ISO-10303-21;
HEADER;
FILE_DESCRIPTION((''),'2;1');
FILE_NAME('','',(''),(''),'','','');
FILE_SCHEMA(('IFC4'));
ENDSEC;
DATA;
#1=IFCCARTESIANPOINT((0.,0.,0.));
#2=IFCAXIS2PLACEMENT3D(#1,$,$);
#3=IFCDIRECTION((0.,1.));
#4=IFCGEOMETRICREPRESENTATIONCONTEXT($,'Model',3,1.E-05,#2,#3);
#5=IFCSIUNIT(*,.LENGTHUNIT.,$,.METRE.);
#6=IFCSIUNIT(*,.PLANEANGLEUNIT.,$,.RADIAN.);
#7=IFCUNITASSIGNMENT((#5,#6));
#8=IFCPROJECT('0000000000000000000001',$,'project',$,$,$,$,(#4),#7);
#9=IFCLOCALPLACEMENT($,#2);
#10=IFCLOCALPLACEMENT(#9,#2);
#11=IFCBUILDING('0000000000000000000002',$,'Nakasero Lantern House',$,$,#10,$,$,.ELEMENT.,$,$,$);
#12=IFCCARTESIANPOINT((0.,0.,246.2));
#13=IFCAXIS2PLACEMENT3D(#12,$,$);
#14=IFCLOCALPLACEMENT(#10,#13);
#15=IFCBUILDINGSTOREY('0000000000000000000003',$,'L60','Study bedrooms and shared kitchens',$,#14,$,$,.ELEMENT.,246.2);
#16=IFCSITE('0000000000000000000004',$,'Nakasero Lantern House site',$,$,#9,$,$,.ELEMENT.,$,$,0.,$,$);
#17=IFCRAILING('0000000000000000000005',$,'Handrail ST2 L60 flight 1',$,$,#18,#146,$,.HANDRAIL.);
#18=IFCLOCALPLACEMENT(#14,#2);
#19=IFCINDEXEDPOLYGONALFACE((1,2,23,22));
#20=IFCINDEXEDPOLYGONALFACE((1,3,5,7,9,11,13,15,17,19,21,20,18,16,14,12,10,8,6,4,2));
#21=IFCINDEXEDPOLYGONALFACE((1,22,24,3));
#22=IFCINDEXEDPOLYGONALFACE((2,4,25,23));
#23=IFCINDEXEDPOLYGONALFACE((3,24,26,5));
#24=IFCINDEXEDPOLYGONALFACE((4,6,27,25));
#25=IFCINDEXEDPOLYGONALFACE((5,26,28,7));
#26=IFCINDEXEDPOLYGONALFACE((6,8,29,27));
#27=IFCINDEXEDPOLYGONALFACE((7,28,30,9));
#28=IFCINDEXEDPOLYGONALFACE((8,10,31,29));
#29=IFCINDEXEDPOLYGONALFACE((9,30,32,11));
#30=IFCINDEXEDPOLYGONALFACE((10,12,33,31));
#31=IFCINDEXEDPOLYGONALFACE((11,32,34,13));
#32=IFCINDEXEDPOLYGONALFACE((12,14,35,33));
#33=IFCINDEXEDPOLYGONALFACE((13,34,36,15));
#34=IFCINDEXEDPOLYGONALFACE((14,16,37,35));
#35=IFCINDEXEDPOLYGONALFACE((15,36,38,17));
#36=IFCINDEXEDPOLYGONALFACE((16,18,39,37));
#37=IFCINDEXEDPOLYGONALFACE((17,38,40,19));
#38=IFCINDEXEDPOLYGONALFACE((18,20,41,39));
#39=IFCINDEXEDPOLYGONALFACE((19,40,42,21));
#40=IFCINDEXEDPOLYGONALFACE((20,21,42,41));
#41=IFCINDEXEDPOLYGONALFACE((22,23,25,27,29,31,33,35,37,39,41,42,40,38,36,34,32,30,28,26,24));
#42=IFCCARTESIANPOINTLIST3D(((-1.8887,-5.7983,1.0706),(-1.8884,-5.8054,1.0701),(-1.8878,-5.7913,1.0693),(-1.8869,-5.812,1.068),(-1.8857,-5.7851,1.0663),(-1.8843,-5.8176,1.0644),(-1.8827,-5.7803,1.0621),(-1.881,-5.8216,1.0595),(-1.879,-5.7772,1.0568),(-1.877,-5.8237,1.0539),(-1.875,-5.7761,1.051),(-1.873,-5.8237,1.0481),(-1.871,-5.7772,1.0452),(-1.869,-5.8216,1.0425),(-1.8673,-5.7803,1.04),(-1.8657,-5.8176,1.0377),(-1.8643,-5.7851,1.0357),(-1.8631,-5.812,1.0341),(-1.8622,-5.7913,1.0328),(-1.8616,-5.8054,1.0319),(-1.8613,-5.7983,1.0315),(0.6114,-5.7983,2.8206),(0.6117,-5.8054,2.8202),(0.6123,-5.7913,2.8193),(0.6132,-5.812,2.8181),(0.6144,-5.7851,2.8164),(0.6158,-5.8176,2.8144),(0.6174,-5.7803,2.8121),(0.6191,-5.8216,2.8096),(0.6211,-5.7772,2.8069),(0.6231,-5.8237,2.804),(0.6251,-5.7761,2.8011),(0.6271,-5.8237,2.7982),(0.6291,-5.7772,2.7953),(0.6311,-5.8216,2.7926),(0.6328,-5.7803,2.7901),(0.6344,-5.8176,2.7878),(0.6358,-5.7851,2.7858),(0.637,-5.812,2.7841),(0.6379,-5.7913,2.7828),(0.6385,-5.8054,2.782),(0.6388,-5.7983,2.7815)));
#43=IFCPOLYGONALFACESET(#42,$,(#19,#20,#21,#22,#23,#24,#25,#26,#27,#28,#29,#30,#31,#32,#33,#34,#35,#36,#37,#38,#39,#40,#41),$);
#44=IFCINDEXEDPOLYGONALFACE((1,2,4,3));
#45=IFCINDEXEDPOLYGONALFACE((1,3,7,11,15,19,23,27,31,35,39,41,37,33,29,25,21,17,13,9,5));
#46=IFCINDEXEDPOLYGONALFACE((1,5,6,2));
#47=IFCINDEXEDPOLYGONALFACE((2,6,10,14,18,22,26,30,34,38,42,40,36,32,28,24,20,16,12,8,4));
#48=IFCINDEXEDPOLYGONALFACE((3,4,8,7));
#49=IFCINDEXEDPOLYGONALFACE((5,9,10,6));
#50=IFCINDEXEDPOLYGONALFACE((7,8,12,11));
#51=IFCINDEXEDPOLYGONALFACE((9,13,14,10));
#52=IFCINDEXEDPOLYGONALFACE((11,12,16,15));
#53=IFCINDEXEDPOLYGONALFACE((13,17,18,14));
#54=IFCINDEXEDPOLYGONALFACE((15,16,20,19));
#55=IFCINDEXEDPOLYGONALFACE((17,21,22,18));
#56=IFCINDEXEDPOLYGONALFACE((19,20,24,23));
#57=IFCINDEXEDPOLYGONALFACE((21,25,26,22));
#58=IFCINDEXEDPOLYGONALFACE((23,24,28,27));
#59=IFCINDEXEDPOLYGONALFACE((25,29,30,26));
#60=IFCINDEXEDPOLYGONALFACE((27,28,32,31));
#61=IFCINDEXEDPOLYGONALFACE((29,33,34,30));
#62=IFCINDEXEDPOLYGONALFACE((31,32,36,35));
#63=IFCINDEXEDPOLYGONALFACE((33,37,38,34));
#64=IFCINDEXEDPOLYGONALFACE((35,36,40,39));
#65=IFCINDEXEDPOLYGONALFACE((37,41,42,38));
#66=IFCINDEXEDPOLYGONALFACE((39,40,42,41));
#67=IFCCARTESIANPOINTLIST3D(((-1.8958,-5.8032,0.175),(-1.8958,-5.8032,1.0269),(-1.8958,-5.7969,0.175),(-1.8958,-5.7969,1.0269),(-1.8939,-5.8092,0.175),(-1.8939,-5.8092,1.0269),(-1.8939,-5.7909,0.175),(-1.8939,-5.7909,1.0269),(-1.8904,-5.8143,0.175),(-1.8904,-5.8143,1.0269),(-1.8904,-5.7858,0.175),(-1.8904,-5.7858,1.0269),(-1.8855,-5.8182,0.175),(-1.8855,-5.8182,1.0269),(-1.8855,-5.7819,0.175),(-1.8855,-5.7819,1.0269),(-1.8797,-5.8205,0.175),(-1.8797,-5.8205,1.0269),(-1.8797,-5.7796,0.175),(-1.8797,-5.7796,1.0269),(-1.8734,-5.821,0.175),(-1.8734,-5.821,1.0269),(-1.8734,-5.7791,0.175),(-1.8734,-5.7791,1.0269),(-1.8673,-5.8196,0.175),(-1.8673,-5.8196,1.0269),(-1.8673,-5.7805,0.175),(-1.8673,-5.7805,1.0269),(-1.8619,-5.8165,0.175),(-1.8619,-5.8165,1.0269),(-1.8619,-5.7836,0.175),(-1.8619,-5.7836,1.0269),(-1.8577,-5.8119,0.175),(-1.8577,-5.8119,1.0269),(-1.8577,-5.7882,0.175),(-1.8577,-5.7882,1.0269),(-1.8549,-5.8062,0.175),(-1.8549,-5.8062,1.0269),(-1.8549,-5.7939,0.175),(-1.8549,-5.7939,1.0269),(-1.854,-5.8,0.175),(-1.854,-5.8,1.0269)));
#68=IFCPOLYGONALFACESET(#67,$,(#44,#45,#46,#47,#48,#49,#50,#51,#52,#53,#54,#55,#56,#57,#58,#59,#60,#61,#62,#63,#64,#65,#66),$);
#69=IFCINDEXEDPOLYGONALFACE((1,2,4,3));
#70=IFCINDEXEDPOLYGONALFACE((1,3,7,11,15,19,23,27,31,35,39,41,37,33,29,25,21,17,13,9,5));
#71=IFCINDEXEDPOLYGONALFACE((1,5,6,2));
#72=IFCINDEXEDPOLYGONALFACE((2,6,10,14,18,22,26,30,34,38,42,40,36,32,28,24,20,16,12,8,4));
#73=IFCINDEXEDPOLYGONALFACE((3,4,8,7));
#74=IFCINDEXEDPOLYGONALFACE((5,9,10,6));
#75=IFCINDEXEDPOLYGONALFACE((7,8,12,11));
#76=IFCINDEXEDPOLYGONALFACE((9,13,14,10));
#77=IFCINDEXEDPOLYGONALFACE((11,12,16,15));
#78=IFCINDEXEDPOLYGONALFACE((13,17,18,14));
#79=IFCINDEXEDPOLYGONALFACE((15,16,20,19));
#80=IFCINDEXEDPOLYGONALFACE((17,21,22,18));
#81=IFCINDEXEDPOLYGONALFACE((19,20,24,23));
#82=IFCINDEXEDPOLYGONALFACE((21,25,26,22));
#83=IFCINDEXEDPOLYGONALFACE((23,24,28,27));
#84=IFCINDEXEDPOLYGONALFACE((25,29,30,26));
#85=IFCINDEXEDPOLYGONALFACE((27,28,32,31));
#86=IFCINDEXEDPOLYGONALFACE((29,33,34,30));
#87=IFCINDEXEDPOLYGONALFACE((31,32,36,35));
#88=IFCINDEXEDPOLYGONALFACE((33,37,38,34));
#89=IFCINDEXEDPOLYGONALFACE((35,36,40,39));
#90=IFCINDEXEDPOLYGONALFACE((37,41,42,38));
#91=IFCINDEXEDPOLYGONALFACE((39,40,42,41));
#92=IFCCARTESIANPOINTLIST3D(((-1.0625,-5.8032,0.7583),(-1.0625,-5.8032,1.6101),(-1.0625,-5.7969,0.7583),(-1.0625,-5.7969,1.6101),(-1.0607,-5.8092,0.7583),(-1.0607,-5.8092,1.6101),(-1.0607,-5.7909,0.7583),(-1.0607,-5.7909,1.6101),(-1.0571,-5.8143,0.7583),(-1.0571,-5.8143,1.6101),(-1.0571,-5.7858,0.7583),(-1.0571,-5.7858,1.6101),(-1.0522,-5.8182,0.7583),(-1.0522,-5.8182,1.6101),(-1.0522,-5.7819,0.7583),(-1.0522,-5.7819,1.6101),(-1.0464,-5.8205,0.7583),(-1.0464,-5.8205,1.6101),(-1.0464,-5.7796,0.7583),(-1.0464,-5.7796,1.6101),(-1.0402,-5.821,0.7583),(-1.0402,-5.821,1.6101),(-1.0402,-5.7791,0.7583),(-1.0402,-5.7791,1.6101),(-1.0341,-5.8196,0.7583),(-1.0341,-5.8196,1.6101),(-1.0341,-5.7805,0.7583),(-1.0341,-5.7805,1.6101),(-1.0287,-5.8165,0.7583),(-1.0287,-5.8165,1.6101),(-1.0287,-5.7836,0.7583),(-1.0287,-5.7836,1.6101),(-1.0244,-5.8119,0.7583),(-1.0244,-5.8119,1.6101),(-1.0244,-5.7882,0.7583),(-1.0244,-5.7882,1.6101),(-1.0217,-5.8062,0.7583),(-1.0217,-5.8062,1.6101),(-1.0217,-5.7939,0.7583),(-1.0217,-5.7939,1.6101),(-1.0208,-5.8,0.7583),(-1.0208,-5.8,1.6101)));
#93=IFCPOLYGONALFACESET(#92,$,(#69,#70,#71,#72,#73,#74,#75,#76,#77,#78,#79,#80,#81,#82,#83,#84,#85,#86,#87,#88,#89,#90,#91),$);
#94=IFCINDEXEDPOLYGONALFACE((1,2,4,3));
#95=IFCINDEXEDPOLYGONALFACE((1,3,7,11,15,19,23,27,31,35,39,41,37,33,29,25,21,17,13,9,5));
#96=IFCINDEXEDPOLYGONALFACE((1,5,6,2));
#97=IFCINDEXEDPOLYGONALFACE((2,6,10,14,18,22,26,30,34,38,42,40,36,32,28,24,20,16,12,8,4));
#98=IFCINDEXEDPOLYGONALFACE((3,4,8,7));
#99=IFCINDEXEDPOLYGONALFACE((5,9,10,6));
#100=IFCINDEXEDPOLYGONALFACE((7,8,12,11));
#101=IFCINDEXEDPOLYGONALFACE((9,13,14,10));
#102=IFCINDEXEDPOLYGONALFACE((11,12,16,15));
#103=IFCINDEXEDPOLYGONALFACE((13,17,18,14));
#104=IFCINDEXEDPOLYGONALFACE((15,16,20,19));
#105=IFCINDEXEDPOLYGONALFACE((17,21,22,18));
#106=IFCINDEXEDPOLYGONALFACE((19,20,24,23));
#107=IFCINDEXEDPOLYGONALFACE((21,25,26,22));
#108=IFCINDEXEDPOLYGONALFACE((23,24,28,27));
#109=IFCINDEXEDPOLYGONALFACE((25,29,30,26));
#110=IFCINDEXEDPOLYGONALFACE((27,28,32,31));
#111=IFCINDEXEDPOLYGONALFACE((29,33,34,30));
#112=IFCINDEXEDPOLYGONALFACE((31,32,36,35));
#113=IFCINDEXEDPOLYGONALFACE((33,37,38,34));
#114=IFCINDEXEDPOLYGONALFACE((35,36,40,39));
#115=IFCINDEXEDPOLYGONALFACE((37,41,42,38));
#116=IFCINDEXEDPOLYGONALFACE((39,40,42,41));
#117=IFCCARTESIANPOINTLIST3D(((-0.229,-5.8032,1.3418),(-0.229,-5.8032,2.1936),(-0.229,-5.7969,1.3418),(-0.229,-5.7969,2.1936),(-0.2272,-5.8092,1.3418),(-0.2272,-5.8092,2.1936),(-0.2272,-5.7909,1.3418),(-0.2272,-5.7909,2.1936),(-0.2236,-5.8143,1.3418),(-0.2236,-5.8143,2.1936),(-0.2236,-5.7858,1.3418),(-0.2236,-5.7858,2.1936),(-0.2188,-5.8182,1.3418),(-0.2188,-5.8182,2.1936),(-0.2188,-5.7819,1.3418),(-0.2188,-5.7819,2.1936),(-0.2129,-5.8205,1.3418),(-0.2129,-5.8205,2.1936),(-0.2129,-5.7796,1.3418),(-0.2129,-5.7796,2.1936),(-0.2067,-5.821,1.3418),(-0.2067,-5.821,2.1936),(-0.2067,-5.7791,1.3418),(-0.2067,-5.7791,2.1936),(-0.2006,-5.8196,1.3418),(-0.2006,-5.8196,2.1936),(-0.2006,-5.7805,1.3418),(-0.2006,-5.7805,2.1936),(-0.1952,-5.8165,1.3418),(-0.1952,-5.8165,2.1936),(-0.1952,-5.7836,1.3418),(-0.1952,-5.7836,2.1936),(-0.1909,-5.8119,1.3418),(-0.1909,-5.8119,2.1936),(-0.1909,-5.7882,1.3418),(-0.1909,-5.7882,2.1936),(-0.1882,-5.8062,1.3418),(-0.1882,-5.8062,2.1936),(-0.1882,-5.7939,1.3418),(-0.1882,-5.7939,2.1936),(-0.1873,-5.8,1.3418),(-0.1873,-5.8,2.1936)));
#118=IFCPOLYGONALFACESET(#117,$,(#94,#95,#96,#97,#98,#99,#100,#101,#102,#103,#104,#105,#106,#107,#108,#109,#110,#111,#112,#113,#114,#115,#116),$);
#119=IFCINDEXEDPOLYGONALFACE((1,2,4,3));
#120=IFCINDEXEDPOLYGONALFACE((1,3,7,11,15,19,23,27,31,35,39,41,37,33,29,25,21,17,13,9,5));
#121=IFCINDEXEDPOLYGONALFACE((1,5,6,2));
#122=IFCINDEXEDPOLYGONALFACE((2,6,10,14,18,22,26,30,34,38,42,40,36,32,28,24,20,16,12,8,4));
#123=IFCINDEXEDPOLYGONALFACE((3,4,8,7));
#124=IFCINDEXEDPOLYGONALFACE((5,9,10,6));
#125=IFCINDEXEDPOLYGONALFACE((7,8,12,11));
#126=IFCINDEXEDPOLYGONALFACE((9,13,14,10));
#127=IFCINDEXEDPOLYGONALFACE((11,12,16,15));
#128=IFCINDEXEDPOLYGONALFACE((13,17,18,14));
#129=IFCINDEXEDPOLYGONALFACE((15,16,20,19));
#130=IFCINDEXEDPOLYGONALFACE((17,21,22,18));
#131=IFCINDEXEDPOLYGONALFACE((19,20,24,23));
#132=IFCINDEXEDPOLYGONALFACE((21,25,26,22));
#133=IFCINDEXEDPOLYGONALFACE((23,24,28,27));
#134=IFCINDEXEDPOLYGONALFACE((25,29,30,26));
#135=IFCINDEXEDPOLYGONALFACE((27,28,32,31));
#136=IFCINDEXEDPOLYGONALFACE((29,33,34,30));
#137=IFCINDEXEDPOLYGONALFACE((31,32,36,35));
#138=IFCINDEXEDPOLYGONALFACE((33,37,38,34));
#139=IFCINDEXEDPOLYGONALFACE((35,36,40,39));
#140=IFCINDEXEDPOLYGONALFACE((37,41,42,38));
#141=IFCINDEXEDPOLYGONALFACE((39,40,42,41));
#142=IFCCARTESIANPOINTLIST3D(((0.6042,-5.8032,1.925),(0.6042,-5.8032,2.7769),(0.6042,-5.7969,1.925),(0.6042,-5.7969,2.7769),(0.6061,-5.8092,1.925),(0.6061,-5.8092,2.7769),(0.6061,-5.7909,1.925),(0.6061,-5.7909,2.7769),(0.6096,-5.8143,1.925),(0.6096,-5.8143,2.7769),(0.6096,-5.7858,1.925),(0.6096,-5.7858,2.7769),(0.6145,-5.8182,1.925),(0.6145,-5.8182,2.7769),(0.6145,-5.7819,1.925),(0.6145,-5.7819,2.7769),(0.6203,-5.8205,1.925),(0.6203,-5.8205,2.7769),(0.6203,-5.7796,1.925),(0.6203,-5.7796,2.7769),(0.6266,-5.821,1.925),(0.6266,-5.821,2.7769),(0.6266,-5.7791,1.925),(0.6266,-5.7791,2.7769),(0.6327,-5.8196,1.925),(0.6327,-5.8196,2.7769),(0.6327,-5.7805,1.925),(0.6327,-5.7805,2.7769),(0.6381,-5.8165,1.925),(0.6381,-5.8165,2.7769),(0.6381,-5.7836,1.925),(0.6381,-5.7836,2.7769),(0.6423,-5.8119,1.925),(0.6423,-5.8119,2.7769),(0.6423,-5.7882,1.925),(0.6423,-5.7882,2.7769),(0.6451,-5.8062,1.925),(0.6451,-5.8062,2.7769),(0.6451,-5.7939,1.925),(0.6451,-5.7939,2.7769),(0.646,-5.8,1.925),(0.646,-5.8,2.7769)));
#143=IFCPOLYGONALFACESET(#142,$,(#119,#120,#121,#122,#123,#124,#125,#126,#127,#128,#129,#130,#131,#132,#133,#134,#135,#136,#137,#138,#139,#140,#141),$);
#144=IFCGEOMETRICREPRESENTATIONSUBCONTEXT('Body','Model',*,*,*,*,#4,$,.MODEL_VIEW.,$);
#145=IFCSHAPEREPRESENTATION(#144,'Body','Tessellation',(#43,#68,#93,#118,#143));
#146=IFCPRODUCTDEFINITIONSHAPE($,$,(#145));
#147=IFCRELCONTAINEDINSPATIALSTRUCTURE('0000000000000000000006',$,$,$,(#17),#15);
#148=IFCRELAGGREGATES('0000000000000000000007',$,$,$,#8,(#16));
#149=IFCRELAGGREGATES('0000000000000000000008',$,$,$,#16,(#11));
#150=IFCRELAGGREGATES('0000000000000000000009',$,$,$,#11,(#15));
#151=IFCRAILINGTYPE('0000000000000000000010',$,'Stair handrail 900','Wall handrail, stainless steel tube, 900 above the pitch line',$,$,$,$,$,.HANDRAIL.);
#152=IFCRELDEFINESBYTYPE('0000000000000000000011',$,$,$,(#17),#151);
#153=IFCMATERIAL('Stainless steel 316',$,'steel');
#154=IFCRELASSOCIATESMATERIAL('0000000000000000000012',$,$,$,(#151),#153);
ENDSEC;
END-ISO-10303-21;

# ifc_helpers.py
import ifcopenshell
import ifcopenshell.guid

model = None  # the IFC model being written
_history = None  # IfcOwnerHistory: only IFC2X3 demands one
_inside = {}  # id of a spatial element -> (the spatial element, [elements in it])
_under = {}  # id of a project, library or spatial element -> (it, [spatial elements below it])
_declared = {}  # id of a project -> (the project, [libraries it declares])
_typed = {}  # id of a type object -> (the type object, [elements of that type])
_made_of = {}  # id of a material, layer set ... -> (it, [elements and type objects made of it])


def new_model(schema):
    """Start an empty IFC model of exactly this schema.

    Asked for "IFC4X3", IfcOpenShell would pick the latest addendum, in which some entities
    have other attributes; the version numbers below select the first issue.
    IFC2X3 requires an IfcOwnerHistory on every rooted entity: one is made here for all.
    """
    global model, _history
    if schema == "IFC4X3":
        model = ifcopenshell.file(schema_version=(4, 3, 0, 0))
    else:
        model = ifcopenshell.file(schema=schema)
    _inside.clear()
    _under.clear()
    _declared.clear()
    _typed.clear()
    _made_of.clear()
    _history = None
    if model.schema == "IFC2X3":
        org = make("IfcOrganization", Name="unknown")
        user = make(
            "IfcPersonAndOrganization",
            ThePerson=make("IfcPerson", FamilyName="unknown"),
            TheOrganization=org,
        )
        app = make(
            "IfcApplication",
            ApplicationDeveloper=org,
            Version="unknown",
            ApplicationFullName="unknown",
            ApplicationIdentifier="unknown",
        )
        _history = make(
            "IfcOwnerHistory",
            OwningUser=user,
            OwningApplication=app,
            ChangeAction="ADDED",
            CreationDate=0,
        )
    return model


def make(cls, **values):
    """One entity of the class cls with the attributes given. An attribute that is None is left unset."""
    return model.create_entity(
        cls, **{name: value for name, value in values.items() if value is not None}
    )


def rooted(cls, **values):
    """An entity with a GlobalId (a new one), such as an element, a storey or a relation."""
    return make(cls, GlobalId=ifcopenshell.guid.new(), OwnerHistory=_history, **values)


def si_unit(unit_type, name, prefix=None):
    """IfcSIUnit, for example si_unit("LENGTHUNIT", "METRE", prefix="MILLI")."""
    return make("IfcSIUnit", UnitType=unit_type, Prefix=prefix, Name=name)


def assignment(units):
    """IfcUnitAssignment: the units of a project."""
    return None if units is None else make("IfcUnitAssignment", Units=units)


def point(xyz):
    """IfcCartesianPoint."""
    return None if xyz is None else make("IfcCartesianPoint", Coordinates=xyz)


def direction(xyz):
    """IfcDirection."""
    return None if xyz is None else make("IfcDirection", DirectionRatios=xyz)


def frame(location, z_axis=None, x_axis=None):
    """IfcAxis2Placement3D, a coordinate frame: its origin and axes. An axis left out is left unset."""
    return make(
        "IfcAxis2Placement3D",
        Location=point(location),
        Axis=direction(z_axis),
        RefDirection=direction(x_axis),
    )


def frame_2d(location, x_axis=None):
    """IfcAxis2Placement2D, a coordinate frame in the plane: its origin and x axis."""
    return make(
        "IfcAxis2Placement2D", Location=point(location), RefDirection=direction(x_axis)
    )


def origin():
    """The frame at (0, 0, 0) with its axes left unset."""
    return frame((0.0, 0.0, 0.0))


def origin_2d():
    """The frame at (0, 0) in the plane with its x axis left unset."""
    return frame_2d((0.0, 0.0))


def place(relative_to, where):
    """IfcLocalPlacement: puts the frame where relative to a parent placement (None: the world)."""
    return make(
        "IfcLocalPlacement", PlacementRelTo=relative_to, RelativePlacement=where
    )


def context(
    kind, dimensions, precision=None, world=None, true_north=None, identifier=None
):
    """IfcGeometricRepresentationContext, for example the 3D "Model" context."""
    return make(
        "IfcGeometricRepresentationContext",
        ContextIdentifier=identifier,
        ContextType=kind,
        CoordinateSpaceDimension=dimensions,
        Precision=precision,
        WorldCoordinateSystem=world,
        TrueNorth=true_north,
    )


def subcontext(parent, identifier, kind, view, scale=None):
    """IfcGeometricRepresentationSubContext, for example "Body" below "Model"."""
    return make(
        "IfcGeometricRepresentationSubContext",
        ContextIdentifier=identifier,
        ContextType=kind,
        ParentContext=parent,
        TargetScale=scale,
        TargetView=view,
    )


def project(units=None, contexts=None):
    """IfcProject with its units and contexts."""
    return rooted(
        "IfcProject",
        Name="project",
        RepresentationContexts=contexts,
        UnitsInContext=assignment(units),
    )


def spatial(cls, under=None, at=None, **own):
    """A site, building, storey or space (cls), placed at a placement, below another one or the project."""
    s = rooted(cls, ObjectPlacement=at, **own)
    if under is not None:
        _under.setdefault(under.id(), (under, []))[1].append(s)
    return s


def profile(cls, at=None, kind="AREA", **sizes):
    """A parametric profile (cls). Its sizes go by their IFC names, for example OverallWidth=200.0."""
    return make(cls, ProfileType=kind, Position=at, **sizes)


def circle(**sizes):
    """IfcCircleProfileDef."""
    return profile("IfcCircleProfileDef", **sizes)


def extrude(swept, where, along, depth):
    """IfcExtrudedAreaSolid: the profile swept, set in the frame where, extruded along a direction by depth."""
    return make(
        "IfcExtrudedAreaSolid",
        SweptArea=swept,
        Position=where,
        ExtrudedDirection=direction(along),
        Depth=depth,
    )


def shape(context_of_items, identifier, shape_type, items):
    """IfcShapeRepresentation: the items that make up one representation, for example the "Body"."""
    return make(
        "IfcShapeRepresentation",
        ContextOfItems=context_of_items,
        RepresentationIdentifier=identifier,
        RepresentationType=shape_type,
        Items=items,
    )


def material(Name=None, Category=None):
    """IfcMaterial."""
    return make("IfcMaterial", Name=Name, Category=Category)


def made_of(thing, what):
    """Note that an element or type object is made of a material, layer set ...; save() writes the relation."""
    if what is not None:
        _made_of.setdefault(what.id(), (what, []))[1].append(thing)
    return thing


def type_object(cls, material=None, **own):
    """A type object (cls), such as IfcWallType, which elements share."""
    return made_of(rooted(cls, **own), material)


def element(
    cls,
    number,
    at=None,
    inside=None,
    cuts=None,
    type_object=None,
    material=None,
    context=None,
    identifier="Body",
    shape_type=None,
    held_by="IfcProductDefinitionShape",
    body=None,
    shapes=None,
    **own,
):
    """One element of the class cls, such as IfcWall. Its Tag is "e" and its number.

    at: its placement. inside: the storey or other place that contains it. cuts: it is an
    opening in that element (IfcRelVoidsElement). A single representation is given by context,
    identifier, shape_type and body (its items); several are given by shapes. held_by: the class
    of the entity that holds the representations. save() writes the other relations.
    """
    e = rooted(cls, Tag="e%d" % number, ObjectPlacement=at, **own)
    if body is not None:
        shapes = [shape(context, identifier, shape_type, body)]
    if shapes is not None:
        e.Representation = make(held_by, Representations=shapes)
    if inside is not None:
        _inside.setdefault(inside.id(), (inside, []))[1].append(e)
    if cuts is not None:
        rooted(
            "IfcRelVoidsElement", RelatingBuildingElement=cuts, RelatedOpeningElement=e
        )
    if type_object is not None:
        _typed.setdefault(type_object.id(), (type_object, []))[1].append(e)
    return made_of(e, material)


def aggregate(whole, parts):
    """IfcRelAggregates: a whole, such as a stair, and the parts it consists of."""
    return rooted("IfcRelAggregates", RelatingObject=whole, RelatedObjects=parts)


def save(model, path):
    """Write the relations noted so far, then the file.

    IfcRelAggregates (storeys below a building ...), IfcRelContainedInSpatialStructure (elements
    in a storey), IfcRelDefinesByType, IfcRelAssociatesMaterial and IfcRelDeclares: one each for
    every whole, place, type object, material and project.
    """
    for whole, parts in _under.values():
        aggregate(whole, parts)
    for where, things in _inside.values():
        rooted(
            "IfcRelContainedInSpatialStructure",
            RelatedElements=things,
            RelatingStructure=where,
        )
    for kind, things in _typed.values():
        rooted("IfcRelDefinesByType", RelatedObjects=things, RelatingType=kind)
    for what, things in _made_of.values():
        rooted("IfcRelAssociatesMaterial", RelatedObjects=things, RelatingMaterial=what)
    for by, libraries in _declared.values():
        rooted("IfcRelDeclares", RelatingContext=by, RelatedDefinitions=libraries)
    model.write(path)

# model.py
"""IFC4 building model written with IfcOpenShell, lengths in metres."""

from ifc_helpers import new_model, si_unit, direction, frame, origin, origin_2d, place, context, subcontext, project, spatial, circle, extrude, material, type_object, element, save


model = new_model("IFC4")

# Units and contexts
model_context = context("Model", 3, precision=1e-05, world=origin(), true_north=direction((0.0, 1.0)))
body_context = subcontext(model_context, "Body", "Model", "MODEL_VIEW")
ifc_project = project(units=[si_unit("LENGTHUNIT", "METRE"), si_unit("PLANEANGLEUNIT", "RADIAN")], contexts=[model_context])

# Site, building, storey
site_placement = place(None, origin())
site = spatial("IfcSite", under=ifc_project, at=site_placement, Name="Nakasero Lantern House site", CompositionType="ELEMENT", RefElevation=0.0)
building_placement = place(site_placement, origin())
building = spatial("IfcBuilding", under=site, at=building_placement, Name="Nakasero Lantern House", CompositionType="ELEMENT")
storey_placement = place(building_placement, frame((0.0, 0.0, 246.2)))
storey = spatial("IfcBuildingStorey", under=building, at=storey_placement, Name="L60", Description="Study bedrooms and shared kitchens", CompositionType="ELEMENT", Elevation=246.2)

# Railing
ifc_material_1 = material(Name="Stainless steel 316", Category="steel")
railing_type = type_object("IfcRailingType", Name="Stair handrail 900", Description="Wall handrail, stainless steel tube, 900 above the pitch line", PredefinedType="HANDRAIL", material=ifc_material_1)
railing_placement = place(storey_placement, frame((-1.875, -5.8, 0.175)))
element("IfcRailing", 1, at=railing_placement, inside=storey, type_object=railing_type, Name="Handrail ST2 L60 flight 1", PredefinedType="HANDRAIL", context=body_context, shape_type="SweptSolid", body=[
    extrude(circle(Radius=0.0239, at=origin_2d()), frame((0.0, 0.0, 0.876), z_axis=(0.819232, 0.0, 0.573462), x_axis=(0.0, 1.0, 0.0)), (0.0, 0.0, 1.0), 3.0518),
    extrude(circle(Radius=0.021, at=origin_2d()), origin(), (0.0, 0.0, 1.0), 0.8518),
    extrude(circle(Radius=0.021, at=origin_2d()), frame((0.8333, 0.0, 0.5833)), (0.0, 0.0, 1.0), 0.8518),
    extrude(circle(Radius=0.021, at=origin_2d()), frame((1.6667, 0.0, 1.1667)), (0.0, 0.0, 1.0), 0.8518),
    extrude(circle(Radius=0.021, at=origin_2d()), frame((2.5, 0.0, 1.75)), (0.0, 0.0, 1.0), 0.8518),
])

save(model, "model.ifc")
